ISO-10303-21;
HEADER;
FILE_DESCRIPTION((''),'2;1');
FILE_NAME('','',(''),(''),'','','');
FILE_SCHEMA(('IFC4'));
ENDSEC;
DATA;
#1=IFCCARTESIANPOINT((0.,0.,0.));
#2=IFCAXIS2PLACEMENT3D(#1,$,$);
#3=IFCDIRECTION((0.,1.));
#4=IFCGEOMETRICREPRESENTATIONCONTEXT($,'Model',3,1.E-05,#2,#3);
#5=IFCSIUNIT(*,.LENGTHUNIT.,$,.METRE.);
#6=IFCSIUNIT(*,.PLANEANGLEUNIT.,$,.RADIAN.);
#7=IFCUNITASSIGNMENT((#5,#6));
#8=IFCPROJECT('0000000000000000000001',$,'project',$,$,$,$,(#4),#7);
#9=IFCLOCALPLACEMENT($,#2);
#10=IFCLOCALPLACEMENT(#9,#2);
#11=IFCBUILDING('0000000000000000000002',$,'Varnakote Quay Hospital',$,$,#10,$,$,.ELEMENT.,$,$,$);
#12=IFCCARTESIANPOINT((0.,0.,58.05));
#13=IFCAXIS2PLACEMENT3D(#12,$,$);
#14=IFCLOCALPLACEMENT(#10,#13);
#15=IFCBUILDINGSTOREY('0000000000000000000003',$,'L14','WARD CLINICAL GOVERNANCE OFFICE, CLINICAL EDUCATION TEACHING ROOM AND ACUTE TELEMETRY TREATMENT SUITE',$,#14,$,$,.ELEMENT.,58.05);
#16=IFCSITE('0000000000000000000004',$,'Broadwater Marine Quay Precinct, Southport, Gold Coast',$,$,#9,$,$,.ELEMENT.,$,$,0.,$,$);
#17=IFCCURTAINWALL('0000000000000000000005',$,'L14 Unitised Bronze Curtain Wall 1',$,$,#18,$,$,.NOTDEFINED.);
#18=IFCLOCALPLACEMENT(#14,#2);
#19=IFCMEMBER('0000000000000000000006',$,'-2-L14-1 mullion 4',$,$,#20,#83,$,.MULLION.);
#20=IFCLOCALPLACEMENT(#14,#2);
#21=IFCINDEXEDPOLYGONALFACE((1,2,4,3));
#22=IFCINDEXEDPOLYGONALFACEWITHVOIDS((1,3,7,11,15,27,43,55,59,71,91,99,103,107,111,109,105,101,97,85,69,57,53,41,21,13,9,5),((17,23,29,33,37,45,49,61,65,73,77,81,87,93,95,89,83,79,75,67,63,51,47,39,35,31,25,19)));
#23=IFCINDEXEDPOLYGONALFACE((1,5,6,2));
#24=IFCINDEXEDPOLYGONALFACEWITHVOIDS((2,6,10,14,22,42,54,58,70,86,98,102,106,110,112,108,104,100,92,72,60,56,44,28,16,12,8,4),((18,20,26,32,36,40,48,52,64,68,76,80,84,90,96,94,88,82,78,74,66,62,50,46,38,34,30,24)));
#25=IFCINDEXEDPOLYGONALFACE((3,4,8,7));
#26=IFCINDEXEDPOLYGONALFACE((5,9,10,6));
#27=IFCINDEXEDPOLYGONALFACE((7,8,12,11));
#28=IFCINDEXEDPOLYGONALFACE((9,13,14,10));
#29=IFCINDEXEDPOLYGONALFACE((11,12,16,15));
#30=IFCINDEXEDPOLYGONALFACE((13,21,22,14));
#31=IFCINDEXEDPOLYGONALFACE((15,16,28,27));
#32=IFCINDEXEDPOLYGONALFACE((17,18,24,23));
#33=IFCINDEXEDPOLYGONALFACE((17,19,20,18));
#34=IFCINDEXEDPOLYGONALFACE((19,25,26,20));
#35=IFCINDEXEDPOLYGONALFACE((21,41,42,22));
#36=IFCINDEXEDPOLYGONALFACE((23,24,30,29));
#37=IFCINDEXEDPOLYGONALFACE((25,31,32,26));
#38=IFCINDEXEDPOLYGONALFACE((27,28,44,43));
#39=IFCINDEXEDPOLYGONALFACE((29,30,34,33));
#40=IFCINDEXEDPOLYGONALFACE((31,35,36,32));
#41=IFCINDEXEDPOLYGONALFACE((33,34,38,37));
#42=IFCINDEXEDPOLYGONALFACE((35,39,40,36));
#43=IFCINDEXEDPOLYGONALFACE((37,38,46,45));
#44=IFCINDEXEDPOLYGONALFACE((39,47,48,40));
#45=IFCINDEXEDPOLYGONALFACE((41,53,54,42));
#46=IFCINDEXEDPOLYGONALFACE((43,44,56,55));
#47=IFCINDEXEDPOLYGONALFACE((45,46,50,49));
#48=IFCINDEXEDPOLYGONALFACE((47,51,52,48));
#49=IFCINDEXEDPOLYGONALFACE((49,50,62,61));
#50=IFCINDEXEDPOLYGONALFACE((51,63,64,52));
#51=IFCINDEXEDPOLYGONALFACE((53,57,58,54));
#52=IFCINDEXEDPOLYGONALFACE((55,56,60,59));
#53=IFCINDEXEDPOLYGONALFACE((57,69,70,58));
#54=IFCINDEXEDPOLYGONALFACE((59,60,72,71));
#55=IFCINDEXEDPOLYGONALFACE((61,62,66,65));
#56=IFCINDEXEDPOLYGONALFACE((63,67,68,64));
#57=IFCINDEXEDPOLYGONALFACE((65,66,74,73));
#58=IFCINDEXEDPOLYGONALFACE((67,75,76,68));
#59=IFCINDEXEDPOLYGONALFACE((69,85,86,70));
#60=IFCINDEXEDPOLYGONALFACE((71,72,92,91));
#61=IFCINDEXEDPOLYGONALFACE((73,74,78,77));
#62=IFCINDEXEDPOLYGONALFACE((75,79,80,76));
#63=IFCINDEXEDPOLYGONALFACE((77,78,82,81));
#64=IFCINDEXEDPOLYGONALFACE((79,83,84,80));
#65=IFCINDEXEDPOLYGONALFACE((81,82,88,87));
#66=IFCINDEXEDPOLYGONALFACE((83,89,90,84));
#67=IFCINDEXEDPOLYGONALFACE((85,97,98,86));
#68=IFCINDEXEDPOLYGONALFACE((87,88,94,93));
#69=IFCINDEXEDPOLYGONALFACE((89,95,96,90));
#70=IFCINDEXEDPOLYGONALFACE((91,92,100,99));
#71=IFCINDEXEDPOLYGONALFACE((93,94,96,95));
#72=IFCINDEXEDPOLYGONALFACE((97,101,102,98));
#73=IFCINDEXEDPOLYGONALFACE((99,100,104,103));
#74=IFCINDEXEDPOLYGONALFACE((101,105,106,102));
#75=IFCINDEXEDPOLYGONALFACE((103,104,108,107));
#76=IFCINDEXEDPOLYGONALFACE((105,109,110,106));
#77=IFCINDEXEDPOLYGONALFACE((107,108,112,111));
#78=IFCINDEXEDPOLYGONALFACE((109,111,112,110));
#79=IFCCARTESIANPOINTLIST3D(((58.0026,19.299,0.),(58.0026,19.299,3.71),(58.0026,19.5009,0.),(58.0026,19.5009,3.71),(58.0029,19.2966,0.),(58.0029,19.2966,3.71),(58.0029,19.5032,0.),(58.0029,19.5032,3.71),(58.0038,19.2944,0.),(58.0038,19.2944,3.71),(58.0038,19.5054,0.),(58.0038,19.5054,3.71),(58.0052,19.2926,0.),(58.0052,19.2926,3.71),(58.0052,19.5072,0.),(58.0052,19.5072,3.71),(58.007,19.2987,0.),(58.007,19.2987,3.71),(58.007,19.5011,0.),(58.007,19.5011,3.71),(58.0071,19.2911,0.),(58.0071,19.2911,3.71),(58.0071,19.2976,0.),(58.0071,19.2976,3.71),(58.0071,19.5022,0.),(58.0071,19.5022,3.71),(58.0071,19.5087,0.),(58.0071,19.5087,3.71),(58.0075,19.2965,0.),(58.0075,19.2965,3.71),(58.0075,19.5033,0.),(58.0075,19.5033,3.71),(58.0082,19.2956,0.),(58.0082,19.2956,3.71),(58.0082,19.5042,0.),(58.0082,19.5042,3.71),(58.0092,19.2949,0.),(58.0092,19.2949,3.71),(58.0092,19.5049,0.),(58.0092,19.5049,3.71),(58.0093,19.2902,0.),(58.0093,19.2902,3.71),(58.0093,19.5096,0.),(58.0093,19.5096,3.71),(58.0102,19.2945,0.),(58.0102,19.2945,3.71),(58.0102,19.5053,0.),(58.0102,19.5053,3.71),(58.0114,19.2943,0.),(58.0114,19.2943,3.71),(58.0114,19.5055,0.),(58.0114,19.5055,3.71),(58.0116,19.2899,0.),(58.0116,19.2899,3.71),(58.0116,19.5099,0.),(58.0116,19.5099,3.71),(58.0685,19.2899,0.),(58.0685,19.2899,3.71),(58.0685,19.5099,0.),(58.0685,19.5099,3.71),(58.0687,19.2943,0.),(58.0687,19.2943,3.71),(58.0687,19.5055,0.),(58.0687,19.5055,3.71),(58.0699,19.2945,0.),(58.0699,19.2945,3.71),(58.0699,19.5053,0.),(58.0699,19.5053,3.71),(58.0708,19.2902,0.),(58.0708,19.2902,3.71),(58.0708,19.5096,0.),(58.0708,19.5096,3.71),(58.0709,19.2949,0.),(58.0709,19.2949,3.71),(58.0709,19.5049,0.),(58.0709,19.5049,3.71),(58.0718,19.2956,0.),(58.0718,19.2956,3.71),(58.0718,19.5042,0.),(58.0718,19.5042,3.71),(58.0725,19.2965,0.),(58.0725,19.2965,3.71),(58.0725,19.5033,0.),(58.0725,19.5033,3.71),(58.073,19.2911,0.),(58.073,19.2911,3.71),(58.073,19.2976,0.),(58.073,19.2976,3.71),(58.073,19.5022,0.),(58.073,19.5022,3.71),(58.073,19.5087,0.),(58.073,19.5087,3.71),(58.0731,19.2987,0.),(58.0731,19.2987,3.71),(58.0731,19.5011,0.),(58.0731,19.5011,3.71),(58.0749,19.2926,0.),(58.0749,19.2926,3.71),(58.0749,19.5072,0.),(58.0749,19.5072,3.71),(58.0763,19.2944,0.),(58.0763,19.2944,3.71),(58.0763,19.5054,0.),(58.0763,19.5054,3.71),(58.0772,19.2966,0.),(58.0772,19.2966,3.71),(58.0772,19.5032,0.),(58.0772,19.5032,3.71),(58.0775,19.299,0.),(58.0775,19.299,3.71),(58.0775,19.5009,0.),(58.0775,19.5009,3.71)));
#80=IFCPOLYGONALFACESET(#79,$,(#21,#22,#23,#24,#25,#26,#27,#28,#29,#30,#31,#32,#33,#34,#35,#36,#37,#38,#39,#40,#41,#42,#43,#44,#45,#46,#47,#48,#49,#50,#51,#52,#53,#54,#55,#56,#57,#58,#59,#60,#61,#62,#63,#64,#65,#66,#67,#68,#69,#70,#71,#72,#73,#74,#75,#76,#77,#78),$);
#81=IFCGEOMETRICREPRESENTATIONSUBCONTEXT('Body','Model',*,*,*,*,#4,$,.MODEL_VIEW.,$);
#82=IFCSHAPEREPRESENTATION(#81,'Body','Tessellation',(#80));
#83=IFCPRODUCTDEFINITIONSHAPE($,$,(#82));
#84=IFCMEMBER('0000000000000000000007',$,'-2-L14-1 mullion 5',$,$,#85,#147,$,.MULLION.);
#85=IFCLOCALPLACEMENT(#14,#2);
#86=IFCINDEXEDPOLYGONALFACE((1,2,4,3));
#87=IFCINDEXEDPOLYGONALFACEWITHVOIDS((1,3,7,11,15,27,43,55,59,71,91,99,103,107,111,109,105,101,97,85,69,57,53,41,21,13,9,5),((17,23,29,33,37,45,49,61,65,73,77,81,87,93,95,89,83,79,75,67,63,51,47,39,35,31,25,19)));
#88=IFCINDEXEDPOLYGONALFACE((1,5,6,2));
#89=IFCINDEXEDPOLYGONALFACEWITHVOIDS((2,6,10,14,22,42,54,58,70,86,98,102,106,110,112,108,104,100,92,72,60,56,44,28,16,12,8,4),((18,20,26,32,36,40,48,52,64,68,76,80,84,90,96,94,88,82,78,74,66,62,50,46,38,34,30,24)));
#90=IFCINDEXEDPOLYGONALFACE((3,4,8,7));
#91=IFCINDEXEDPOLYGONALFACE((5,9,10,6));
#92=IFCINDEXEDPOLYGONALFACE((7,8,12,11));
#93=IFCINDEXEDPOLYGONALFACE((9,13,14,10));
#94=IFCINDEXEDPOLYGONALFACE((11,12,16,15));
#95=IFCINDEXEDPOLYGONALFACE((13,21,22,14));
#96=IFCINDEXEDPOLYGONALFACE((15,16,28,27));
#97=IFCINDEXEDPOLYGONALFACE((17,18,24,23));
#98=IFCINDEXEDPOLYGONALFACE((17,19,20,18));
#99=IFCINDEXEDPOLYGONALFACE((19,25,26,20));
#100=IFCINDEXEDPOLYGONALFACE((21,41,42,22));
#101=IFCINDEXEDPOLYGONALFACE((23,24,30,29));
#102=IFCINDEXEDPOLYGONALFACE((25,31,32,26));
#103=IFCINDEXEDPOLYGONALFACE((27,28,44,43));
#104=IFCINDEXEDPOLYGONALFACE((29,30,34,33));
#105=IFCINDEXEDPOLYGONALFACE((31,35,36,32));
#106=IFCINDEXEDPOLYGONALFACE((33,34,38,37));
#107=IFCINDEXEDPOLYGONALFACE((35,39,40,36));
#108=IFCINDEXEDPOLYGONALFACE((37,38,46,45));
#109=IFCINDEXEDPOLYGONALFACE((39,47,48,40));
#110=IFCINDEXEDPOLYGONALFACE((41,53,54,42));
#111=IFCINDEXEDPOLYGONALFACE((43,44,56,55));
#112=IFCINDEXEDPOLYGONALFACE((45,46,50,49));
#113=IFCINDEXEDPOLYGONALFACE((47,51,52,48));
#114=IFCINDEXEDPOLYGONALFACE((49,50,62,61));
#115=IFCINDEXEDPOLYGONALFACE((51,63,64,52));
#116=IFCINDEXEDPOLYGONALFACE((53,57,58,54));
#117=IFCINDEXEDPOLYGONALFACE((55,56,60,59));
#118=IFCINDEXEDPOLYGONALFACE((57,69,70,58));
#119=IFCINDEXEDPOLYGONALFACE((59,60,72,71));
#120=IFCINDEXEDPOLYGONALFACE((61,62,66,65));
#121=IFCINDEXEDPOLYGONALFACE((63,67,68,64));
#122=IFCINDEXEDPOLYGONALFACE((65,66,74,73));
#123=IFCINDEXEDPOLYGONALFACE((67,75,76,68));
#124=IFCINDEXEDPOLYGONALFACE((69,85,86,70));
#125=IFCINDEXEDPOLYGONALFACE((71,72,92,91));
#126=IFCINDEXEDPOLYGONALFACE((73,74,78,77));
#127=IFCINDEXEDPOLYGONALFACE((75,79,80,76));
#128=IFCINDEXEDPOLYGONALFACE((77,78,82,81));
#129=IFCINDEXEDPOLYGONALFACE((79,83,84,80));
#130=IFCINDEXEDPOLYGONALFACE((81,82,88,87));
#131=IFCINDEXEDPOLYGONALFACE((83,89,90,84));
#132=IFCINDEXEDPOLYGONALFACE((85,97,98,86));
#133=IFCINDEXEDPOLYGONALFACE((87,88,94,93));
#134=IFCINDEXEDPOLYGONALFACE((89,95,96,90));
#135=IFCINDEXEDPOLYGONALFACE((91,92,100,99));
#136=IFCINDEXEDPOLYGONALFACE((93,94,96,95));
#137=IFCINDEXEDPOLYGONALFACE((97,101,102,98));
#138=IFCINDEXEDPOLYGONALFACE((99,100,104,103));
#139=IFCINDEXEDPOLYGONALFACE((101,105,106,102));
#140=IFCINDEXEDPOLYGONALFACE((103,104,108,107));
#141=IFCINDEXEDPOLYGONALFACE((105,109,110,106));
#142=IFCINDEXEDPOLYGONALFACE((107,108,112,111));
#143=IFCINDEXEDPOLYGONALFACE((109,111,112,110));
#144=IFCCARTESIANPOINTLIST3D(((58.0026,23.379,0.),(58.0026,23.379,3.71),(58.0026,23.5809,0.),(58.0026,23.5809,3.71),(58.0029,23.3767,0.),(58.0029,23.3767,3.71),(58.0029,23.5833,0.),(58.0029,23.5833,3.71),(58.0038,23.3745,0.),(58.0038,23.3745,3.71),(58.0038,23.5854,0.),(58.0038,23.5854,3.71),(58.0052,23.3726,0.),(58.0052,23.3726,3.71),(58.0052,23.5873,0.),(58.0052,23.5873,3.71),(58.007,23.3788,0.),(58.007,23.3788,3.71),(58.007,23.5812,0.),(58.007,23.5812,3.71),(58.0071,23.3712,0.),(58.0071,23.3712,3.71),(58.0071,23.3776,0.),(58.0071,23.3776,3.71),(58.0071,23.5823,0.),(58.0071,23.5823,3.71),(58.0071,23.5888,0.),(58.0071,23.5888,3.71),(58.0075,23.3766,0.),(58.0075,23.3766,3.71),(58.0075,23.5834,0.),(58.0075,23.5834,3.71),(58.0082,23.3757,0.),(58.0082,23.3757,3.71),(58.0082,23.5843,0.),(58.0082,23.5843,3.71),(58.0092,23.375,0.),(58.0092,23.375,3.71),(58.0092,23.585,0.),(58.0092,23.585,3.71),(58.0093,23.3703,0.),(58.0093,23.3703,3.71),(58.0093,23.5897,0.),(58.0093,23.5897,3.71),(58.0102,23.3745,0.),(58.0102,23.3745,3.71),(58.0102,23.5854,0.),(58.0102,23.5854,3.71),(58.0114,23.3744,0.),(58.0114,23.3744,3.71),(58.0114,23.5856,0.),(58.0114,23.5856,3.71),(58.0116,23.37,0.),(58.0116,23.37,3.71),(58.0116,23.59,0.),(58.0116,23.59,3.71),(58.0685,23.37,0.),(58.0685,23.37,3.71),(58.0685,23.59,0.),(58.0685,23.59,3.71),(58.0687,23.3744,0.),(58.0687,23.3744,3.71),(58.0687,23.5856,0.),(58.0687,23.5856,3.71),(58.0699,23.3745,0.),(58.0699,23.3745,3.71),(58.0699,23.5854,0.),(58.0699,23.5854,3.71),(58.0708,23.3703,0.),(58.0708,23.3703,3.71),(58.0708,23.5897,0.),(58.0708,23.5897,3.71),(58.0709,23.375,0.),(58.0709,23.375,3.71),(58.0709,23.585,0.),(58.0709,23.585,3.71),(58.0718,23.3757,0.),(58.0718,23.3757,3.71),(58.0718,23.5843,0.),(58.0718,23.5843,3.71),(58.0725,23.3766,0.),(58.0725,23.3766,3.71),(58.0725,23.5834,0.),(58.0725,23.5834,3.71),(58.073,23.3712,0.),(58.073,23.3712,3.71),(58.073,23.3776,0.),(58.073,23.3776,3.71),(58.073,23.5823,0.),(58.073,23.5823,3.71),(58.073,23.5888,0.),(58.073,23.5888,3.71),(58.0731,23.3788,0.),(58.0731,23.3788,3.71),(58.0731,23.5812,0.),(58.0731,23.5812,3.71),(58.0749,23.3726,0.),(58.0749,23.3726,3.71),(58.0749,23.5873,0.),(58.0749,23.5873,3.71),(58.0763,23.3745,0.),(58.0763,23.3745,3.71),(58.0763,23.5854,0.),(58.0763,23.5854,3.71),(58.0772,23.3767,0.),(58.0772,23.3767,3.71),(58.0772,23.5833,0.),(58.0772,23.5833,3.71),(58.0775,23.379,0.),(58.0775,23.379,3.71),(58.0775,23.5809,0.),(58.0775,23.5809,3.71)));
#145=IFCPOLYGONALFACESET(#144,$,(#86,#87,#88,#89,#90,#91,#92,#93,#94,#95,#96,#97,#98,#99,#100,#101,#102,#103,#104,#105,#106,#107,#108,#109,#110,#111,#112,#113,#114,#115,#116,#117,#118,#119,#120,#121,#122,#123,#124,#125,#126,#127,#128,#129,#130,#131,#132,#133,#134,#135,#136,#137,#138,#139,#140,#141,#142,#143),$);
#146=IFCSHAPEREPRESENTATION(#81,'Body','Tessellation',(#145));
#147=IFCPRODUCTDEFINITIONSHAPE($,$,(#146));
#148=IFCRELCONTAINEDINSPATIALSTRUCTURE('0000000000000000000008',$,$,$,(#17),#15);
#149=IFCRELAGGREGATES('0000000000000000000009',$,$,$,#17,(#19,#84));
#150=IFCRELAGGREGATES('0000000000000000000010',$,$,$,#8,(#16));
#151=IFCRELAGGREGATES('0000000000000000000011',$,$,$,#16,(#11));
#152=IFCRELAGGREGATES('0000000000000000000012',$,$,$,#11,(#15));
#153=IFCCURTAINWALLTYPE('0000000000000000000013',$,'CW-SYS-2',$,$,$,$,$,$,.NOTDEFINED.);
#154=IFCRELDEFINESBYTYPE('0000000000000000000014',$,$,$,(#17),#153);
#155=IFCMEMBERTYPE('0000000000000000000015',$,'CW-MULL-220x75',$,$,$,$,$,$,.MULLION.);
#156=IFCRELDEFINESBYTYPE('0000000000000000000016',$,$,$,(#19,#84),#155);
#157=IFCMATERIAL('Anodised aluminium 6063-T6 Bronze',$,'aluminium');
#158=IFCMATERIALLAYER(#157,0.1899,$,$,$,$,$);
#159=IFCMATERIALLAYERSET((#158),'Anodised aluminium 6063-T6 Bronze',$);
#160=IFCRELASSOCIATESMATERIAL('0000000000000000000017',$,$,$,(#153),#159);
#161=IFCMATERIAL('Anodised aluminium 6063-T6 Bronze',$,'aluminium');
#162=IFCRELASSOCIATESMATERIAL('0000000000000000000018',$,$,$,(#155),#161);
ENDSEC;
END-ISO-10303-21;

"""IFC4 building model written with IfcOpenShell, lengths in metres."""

from ifc_helpers import new_model, si_unit, direction, frame, origin, origin_2d, place, context, subcontext, project, spatial, hollow_rectangle, extrude, material, layer, layer_set, material_profile, profile_set, type_object, element, aggregate, save


model = new_model("IFC4")

# Units and contexts
model_context = context("Model", 3, precision=1e-05, world=origin(), true_north=direction((0.0, 1.0)))
body_context = subcontext(model_context, "Body", "Model", "MODEL_VIEW")
ifc_project = project(units=[si_unit("LENGTHUNIT", "METRE"), si_unit("PLANEANGLEUNIT", "RADIAN")], contexts=[model_context])

# Site, building, storey
site_placement = place(None, origin())
site = spatial("IfcSite", under=ifc_project, at=site_placement, Name="Broadwater Marine Quay Precinct, Southport, Gold Coast", CompositionType="ELEMENT", RefElevation=0.0)
building_placement = place(site_placement, origin())
building = spatial("IfcBuilding", under=site, at=building_placement, Name="Varnakote Quay Hospital", CompositionType="ELEMENT")
storey_placement = place(building_placement, frame((0.0, 0.0, 58.05)))
storey = spatial("IfcBuildingStorey", under=building, at=storey_placement, Name="L14", Description="WARD CLINICAL GOVERNANCE OFFICE, CLINICAL EDUCATION TEACHING ROOM AND ACUTE TELEMETRY TREATMENT SUITE", CompositionType="ELEMENT", Elevation=58.05)

# Curtain wall, members
ifc_material_1 = material(Name="Anodised aluminium 6063-T6 Bronze", Category="aluminium")
ifc_layer_1 = layer(ifc_material_1, 0.1899)
ifc_layer_set_1 = layer_set([ifc_layer_1], Name="Anodised aluminium 6063-T6 Bronze")
curtain_wall_type = type_object("IfcCurtainWallType", Name="CW-SYS-2", PredefinedType="NOTDEFINED", material=ifc_layer_set_1)
curtain_wall_placement = place(storey_placement, origin())
curtain_wall = element("IfcCurtainWall", 1, at=curtain_wall_placement, inside=storey, type_object=curtain_wall_type, Name="L14 Unitised Bronze Curtain Wall 1", PredefinedType="NOTDEFINED")
ifc_material_2 = material(Name="Anodised aluminium 6063-T6 Bronze", Category="aluminium")
ifc_material_profile_1 = material_profile(ifc_material_2, hollow_rectangle(XDim=0.075, YDim=0.22, WallThickness=0.0044, InnerFilletRadius=0.0044, OuterFilletRadius=0.009, at=origin_2d()), Name="CW-MULL-220x75")
ifc_profile_set_1 = profile_set([ifc_material_profile_1], Name="Anodised aluminium 6063-T6 Bronze")
member_type_1 = type_object("IfcMemberType", Name="CW-MULL-220x75", PredefinedType="MULLION", material=ifc_profile_set_1)
member_1_placement = place(storey_placement, frame((58.04, 19.3999, 0.0), z_axis=(0.0, 0.0, 1.0), x_axis=(-1.0, 0.0, 0.0)))
member_1 = element("IfcMember", 2, at=member_1_placement, type_object=member_type_1, Name="-2-L14-1 mullion 4", PredefinedType="MULLION", context=body_context, shape_type="SweptSolid", body=[
    extrude(hollow_rectangle(XDim=0.075, YDim=0.22, WallThickness=0.0044, InnerFilletRadius=0.0044, OuterFilletRadius=0.009, at=origin_2d()), origin(), (0.0, 0.0, 1.0), 3.71),
])
member_2_placement = place(storey_placement, frame((58.04, 23.48, 0.0), z_axis=(0.0, 0.0, 1.0), x_axis=(-1.0, 0.0, 0.0)))
member_2 = element("IfcMember", 3, at=member_2_placement, type_object=member_type_1, Name="-2-L14-1 mullion 5", PredefinedType="MULLION", context=body_context, shape_type="SweptSolid", body=[
    extrude(hollow_rectangle(XDim=0.075, YDim=0.22, WallThickness=0.0044, InnerFilletRadius=0.0044, OuterFilletRadius=0.009, at=origin_2d()), origin(), (0.0, 0.0, 1.0), 3.71),
])
aggregate(curtain_wall, [member_1, member_2])

save(model, "model.ifc")
